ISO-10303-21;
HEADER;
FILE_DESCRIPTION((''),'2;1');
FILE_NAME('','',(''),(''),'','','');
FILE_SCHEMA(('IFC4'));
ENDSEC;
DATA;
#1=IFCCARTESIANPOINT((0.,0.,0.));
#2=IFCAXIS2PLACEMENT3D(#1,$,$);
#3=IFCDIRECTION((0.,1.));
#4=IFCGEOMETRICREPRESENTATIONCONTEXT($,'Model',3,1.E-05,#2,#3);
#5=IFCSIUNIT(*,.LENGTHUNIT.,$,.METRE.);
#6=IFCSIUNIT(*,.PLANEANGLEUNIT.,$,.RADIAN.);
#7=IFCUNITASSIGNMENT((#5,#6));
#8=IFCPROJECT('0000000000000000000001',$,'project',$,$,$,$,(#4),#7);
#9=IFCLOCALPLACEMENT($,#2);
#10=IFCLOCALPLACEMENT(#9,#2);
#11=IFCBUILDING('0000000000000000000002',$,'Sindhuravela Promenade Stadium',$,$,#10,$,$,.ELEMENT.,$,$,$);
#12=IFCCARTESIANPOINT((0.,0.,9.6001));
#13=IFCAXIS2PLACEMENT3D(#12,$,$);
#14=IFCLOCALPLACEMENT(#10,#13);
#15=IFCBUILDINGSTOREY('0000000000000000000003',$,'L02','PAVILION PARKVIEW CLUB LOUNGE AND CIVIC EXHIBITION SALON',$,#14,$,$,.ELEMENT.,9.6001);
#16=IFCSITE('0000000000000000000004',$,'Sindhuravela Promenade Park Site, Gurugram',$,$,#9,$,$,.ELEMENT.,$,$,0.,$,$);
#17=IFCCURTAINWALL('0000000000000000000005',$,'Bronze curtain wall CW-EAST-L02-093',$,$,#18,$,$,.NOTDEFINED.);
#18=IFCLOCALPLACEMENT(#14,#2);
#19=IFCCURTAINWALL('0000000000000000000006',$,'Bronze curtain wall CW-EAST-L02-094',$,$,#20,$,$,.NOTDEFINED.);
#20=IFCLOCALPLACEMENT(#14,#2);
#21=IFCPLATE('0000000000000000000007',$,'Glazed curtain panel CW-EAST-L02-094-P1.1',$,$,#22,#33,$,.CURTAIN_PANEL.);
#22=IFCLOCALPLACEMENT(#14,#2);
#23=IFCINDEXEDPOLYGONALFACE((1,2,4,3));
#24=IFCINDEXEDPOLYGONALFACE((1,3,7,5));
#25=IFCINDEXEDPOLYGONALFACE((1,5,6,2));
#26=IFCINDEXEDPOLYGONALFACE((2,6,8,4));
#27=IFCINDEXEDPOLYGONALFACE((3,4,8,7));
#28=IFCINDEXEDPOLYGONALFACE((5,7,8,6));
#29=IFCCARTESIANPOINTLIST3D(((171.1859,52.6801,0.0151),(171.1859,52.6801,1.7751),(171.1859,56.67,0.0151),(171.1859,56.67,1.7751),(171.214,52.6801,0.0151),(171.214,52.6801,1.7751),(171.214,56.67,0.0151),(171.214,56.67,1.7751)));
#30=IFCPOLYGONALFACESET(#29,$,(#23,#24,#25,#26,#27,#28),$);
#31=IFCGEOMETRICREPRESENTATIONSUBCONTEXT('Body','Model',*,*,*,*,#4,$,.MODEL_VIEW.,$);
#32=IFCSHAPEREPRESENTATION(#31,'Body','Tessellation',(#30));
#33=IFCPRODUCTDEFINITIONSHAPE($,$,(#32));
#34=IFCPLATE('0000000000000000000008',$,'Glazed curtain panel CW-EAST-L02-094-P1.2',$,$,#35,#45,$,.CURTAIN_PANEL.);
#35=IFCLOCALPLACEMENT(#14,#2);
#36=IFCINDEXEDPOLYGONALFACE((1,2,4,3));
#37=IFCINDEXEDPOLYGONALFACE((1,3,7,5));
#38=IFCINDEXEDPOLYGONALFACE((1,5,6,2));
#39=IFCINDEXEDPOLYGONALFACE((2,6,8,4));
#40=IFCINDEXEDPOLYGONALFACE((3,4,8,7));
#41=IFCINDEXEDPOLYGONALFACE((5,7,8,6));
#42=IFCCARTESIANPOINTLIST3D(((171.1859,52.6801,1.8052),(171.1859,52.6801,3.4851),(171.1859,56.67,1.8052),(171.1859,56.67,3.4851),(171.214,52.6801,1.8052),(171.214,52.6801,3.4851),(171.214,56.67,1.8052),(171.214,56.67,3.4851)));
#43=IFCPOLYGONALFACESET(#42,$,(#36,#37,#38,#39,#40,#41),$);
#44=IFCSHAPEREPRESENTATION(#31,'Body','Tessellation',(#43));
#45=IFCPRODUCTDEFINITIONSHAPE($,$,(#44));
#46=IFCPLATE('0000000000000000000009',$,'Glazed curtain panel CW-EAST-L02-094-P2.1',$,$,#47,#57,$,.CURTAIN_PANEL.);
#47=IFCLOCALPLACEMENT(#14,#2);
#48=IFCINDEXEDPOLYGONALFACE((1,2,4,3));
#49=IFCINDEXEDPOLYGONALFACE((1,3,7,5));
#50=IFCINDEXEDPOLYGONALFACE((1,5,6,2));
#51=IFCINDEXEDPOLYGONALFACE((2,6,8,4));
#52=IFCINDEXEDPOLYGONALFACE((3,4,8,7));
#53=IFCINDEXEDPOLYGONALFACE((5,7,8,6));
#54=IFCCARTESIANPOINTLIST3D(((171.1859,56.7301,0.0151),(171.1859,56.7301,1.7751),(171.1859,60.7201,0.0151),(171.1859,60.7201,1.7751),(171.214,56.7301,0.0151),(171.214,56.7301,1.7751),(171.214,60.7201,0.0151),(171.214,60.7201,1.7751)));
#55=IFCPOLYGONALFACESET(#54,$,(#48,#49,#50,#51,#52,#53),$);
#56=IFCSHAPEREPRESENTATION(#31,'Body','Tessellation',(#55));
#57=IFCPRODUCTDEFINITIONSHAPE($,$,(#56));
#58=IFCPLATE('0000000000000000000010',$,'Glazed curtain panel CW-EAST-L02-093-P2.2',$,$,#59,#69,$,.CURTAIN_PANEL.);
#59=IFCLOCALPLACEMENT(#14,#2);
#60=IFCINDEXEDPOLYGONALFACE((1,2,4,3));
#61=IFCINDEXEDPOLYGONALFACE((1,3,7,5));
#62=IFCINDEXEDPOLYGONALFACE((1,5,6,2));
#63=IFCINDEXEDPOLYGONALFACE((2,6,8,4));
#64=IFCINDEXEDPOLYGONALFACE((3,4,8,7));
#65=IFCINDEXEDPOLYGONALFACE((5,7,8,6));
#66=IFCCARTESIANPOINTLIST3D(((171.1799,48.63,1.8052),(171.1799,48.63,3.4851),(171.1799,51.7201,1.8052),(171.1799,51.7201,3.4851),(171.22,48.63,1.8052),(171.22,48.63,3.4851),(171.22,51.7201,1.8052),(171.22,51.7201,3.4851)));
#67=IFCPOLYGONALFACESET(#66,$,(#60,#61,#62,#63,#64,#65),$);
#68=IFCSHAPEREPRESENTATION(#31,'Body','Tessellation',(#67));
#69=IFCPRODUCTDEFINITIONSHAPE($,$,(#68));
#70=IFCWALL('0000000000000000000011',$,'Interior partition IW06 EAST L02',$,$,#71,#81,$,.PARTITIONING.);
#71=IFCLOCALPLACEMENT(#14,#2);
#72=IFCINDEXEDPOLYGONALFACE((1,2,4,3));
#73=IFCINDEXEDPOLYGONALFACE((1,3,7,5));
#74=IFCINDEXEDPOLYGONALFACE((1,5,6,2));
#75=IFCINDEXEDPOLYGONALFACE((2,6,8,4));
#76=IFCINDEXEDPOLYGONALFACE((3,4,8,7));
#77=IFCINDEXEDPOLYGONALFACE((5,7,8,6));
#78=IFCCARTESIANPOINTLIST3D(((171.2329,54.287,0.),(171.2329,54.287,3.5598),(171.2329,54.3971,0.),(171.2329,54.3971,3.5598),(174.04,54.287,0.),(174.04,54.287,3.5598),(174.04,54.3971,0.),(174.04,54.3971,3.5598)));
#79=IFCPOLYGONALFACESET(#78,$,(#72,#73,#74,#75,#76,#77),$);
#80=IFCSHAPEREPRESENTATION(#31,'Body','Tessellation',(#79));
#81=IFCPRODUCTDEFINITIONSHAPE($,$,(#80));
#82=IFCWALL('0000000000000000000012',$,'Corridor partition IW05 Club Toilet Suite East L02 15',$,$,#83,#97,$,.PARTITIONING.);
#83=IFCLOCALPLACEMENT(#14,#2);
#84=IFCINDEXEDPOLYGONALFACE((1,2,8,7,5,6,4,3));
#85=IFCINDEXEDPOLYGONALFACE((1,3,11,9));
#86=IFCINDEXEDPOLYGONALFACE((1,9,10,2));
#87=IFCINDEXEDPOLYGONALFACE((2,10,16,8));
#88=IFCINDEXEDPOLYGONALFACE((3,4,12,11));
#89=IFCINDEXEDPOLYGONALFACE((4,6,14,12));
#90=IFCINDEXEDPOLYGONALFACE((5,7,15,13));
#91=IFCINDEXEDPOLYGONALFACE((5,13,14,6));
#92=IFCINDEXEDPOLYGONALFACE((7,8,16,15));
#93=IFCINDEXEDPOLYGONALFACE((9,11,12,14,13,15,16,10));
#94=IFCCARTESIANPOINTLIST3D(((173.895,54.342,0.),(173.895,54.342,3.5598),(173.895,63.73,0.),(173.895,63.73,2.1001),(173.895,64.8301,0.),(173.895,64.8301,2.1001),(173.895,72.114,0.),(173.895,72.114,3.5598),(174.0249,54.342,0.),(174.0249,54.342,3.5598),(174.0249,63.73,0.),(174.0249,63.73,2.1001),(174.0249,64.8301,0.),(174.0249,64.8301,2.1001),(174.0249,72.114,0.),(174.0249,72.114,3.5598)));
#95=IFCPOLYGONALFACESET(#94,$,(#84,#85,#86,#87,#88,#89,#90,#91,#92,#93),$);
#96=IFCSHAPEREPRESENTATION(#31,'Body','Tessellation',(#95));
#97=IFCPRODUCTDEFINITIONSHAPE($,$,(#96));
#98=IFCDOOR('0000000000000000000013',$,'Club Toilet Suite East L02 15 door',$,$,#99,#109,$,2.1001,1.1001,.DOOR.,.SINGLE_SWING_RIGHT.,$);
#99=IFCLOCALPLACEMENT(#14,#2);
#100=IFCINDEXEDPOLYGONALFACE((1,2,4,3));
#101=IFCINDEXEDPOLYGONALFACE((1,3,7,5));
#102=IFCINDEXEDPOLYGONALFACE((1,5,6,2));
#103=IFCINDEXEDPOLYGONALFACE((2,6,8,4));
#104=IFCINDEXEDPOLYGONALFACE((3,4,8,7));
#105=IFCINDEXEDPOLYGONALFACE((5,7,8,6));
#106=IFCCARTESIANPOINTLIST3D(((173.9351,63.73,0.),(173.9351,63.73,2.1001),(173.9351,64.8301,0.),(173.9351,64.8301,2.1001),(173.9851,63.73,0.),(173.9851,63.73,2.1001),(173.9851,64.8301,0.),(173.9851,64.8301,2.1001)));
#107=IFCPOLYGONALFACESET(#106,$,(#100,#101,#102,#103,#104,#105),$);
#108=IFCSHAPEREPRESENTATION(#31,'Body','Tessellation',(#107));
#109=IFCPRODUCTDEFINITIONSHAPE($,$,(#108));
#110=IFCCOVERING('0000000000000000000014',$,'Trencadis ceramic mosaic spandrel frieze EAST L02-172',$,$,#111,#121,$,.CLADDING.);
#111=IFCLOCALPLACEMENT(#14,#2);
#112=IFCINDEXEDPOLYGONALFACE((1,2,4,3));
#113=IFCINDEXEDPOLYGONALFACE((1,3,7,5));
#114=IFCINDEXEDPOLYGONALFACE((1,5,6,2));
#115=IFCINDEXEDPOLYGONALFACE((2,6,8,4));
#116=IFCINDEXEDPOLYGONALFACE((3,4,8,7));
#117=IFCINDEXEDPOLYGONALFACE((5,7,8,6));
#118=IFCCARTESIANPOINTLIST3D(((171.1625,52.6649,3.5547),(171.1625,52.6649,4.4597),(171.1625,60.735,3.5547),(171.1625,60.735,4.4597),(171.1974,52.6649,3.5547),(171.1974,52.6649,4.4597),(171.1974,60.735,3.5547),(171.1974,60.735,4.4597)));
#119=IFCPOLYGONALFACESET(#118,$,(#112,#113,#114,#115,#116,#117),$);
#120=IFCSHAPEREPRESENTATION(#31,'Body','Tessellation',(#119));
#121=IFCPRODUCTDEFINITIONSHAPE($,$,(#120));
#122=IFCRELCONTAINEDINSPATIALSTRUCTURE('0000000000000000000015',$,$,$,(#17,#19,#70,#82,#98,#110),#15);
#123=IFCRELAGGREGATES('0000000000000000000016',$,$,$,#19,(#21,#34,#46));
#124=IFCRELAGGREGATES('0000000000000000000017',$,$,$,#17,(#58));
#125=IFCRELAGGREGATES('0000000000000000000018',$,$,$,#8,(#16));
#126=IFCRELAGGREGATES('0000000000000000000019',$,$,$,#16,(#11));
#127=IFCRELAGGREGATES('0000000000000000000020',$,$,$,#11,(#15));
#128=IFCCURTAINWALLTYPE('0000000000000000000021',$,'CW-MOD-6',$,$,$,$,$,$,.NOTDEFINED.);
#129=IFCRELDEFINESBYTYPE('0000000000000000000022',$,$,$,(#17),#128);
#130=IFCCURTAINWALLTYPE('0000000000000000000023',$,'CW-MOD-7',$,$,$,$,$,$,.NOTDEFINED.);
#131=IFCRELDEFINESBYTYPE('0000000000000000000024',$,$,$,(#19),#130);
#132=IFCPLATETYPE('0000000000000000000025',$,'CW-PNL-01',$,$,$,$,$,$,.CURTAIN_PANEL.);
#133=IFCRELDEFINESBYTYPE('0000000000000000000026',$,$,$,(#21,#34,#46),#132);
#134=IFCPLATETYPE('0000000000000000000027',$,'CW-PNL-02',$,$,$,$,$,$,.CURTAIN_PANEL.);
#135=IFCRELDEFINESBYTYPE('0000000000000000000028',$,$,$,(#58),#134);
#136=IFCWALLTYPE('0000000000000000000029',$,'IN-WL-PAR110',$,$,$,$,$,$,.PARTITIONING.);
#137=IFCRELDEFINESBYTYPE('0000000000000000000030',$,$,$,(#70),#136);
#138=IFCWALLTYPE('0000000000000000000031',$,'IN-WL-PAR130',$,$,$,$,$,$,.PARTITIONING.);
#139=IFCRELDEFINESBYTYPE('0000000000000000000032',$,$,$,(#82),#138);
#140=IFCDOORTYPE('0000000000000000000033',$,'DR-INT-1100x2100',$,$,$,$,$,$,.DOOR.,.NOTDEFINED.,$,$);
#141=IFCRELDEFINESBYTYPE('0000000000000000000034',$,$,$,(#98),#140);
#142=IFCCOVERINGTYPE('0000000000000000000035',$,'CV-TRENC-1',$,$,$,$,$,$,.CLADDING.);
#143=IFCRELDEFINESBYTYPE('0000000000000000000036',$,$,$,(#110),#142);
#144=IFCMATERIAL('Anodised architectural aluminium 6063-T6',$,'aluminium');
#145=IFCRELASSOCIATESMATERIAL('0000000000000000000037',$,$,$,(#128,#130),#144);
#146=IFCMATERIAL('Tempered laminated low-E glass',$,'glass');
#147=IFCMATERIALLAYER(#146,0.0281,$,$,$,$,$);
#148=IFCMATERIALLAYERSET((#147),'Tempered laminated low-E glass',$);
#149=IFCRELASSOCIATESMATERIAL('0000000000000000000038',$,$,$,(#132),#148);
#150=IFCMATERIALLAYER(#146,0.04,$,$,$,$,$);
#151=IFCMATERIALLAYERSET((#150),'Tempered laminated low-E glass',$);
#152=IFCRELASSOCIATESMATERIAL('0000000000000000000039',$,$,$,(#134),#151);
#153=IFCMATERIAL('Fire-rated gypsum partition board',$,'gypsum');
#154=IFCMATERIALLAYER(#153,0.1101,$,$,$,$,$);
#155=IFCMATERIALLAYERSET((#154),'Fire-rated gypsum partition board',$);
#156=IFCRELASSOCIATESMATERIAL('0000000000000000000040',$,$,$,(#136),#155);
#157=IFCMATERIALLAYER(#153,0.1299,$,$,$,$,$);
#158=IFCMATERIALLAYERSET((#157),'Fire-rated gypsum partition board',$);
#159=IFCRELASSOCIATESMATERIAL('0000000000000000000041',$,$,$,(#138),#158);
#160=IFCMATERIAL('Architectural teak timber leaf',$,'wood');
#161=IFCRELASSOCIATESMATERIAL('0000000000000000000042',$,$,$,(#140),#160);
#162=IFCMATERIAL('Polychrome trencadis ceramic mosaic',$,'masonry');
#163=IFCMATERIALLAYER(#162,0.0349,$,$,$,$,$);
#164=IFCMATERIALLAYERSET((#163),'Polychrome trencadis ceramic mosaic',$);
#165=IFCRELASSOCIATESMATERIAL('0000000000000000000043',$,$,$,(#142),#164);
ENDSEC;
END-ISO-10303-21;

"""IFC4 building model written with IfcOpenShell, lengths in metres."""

from ifc_helpers import new_model, si_unit, direction, frame, frame_2d, origin, origin_2d, place, context, subcontext, project, spatial, rectangle, extrude, material, layer, layer_set, type_object, element, fill, aggregate, save


model = new_model("IFC4")

# Units and contexts
model_context = context("Model", 3, precision=1e-05, world=origin(), true_north=direction((0.0, 1.0)))
body_context = subcontext(model_context, "Body", "Model", "MODEL_VIEW")
ifc_project = project(units=[si_unit("LENGTHUNIT", "METRE"), si_unit("PLANEANGLEUNIT", "RADIAN")], contexts=[model_context])

# Site, building, storey
site_placement = place(None, origin())
site = spatial("IfcSite", under=ifc_project, at=site_placement, Name="Sindhuravela Promenade Park Site, Gurugram", CompositionType="ELEMENT", RefElevation=0.0)
building_placement = place(site_placement, origin())
building = spatial("IfcBuilding", under=site, at=building_placement, Name="Sindhuravela Promenade Stadium", CompositionType="ELEMENT")
storey_placement = place(building_placement, frame((0.0, 0.0, 9.6001)))
storey = spatial("IfcBuildingStorey", under=building, at=storey_placement, Name="L02", Description="PAVILION PARKVIEW CLUB LOUNGE AND CIVIC EXHIBITION SALON", CompositionType="ELEMENT", Elevation=9.6001)

# Curtain wall
ifc_material_1 = material(Name="Anodised architectural aluminium 6063-T6", Category="aluminium")
curtain_wall_type_1 = type_object("IfcCurtainWallType", Name="CW-MOD-6", PredefinedType="NOTDEFINED", material=ifc_material_1)
curtain_wall_1_placement = place(storey_placement, origin())
curtain_wall_1 = element("IfcCurtainWall", 1, at=curtain_wall_1_placement, inside=storey, type_object=curtain_wall_type_1, Name="Bronze curtain wall CW-EAST-L02-093", PredefinedType="NOTDEFINED")

# Curtain wall
curtain_wall_type_2 = type_object("IfcCurtainWallType", Name="CW-MOD-7", PredefinedType="NOTDEFINED", material=ifc_material_1)
curtain_wall_2_placement = place(storey_placement, origin())
curtain_wall_2 = element("IfcCurtainWall", 2, at=curtain_wall_2_placement, inside=storey, type_object=curtain_wall_type_2, Name="Bronze curtain wall CW-EAST-L02-094", PredefinedType="NOTDEFINED")

# Plates
ifc_material_2 = material(Name="Tempered laminated low-E glass", Category="glass")
ifc_layer_1 = layer(ifc_material_2, 0.0281)
ifc_layer_set_1 = layer_set([ifc_layer_1], Name="Tempered laminated low-E glass")
plate_type_1 = type_object("IfcPlateType", Name="CW-PNL-01", PredefinedType="CURTAIN_PANEL", material=ifc_layer_set_1)
plate_1_placement = place(storey_placement, frame((171.2, 54.675, 0.0151), z_axis=(0.0, 0.0, 1.0), x_axis=(0.0, 1.0, 0.0)))
plate_1 = element("IfcPlate", 3, at=plate_1_placement, type_object=plate_type_1, Name="Glazed curtain panel CW-EAST-L02-094-P1.1", PredefinedType="CURTAIN_PANEL", context=body_context, shape_type="SweptSolid", body=[
    extrude(rectangle(XDim=3.99, YDim=0.0281, at=origin_2d()), origin(), (0.0, 0.0, 1.0), 1.76),
])
plate_2_placement = place(storey_placement, frame((171.2, 54.675, 1.8052), z_axis=(0.0, 0.0, 1.0), x_axis=(0.0, 1.0, 0.0)))
plate_2 = element("IfcPlate", 4, at=plate_2_placement, type_object=plate_type_1, Name="Glazed curtain panel CW-EAST-L02-094-P1.2", PredefinedType="CURTAIN_PANEL", context=body_context, shape_type="SweptSolid", body=[
    extrude(rectangle(XDim=3.99, YDim=0.0281, at=origin_2d()), origin(), (0.0, 0.0, 1.0), 1.6799),
])
plate_3_placement = place(storey_placement, frame((171.2, 58.7251, 0.0151), z_axis=(0.0, 0.0, 1.0), x_axis=(0.0, 1.0, 0.0)))
plate_3 = element("IfcPlate", 5, at=plate_3_placement, type_object=plate_type_1, Name="Glazed curtain panel CW-EAST-L02-094-P2.1", PredefinedType="CURTAIN_PANEL", context=body_context, shape_type="SweptSolid", body=[
    extrude(rectangle(XDim=3.99, YDim=0.0281, at=origin_2d()), origin(), (0.0, 0.0, 1.0), 1.76),
])
aggregate(curtain_wall_2, [plate_1, plate_2, plate_3])
ifc_layer_2 = layer(ifc_material_2, 0.04)
ifc_layer_set_2 = layer_set([ifc_layer_2], Name="Tempered laminated low-E glass")
plate_type_2 = type_object("IfcPlateType", Name="CW-PNL-02", PredefinedType="CURTAIN_PANEL", material=ifc_layer_set_2)
plate_4_placement = place(storey_placement, frame((171.2, 50.175, 1.8052), z_axis=(0.0, 0.0, 1.0), x_axis=(0.0, 1.0, 0.0)))
plate_4 = element("IfcPlate", 6, at=plate_4_placement, type_object=plate_type_2, Name="Glazed curtain panel CW-EAST-L02-093-P2.2", PredefinedType="CURTAIN_PANEL", context=body_context, shape_type="SweptSolid", body=[
    extrude(rectangle(XDim=3.0901, YDim=0.04, at=origin_2d()), origin(), (0.0, 0.0, 1.0), 1.6799),
])
aggregate(curtain_wall_1, [plate_4])

# Wall
ifc_material_3 = material(Name="Fire-rated gypsum partition board", Category="gypsum")
ifc_layer_3 = layer(ifc_material_3, 0.1101)
ifc_layer_set_3 = layer_set([ifc_layer_3], Name="Fire-rated gypsum partition board")
wall_type_1 = type_object("IfcWallType", Name="IN-WL-PAR110", PredefinedType="PARTITIONING", material=ifc_layer_set_3)
wall_1_placement = place(storey_placement, frame((171.2329, 54.342, 0.0), z_axis=(0.0, 0.0, 1.0), x_axis=(1.0, 0.0, 0.0)))
element("IfcWall", 7, at=wall_1_placement, inside=storey, type_object=wall_type_1, Name="Interior partition IW06 EAST L02", PredefinedType="PARTITIONING", context=body_context, shape_type="SweptSolid", body=[
    extrude(rectangle(XDim=2.8071, YDim=0.1101, at=frame_2d((1.4036, 0.0))), origin(), (0.0, 0.0, 1.0), 3.5598),
])

# Wall, opening, door
ifc_layer_4 = layer(ifc_material_3, 0.1299)
ifc_layer_set_4 = layer_set([ifc_layer_4], Name="Fire-rated gypsum partition board")
wall_type_2 = type_object("IfcWallType", Name="IN-WL-PAR130", PredefinedType="PARTITIONING", material=ifc_layer_set_4)
wall_2_placement = place(storey_placement, frame((173.96, 54.342, 0.0), z_axis=(0.0, 0.0, 1.0), x_axis=(0.0, 1.0, 0.0)))
wall_2 = element("IfcWall", 8, at=wall_2_placement, inside=storey, type_object=wall_type_2, Name="Corridor partition IW05 Club Toilet Suite East L02 15", PredefinedType="PARTITIONING", context=body_context, shape_type="SweptSolid", body=[
    extrude(rectangle(XDim=17.772, YDim=0.1299, at=frame_2d((8.886, 0.0))), origin(), (0.0, 0.0, 1.0), 3.5598),
])
opening_placement = place(wall_2_placement, frame((9.3879, 0.0, 0.0)))
opening = element("IfcOpeningElement", 9, at=opening_placement, cuts=wall_2, PredefinedType="OPENING", context=body_context, shape_type="SweptSolid", body=[
    extrude(rectangle(XDim=1.1001, YDim=2.1001, at=frame_2d((0.55, 1.05))), frame((0.0, 0.075, 0.0), z_axis=(0.0, -1.0, 0.0), x_axis=(1.0, 0.0, 0.0)), (0.0, 0.0, 1.0), 0.1499),
])
ifc_material_4 = material(Name="Architectural teak timber leaf", Category="wood")
door_type = type_object("IfcDoorType", Name="DR-INT-1100x2100", OperationType="NOTDEFINED", PredefinedType="DOOR", material=ifc_material_4)
door_placement = place(opening_placement, origin())
door = element("IfcDoor", 10, at=door_placement, inside=storey, type_object=door_type, Name="Club Toilet Suite East L02 15 door", OperationType="SINGLE_SWING_RIGHT", OverallHeight=2.1001, OverallWidth=1.1001, PredefinedType="DOOR", context=body_context, shape_type="SweptSolid", body=[
    extrude(rectangle(XDim=1.1001, YDim=2.1001, at=frame_2d((0.55, 1.05))), frame((0.0, 0.0249, 0.0), z_axis=(0.0, -1.0, 0.0), x_axis=(1.0, 0.0, 0.0)), (0.0, 0.0, 1.0), 0.05),
])
fill(opening, door)

# Covering
ifc_material_5 = material(Name="Polychrome trencadis ceramic mosaic", Category="masonry")
ifc_layer_5 = layer(ifc_material_5, 0.0349)
ifc_layer_set_5 = layer_set([ifc_layer_5], Name="Polychrome trencadis ceramic mosaic")
covering_type = type_object("IfcCoveringType", Name="CV-TRENC-1", PredefinedType="CLADDING", material=ifc_layer_set_5)
covering_placement = place(storey_placement, frame((171.1799, 56.7, 3.5547), z_axis=(0.0, 0.0, 1.0), x_axis=(0.0, 1.0, 0.0)))
element("IfcCovering", 11, at=covering_placement, inside=storey, type_object=covering_type, Name="Trencadis ceramic mosaic spandrel frieze EAST L02-172", PredefinedType="CLADDING", context=body_context, shape_type="SweptSolid", body=[
    extrude(rectangle(XDim=8.0701, YDim=0.0349, at=origin_2d()), origin(), (0.0, 0.0, 1.0), 0.905),
])

save(model, "model.ifc")
